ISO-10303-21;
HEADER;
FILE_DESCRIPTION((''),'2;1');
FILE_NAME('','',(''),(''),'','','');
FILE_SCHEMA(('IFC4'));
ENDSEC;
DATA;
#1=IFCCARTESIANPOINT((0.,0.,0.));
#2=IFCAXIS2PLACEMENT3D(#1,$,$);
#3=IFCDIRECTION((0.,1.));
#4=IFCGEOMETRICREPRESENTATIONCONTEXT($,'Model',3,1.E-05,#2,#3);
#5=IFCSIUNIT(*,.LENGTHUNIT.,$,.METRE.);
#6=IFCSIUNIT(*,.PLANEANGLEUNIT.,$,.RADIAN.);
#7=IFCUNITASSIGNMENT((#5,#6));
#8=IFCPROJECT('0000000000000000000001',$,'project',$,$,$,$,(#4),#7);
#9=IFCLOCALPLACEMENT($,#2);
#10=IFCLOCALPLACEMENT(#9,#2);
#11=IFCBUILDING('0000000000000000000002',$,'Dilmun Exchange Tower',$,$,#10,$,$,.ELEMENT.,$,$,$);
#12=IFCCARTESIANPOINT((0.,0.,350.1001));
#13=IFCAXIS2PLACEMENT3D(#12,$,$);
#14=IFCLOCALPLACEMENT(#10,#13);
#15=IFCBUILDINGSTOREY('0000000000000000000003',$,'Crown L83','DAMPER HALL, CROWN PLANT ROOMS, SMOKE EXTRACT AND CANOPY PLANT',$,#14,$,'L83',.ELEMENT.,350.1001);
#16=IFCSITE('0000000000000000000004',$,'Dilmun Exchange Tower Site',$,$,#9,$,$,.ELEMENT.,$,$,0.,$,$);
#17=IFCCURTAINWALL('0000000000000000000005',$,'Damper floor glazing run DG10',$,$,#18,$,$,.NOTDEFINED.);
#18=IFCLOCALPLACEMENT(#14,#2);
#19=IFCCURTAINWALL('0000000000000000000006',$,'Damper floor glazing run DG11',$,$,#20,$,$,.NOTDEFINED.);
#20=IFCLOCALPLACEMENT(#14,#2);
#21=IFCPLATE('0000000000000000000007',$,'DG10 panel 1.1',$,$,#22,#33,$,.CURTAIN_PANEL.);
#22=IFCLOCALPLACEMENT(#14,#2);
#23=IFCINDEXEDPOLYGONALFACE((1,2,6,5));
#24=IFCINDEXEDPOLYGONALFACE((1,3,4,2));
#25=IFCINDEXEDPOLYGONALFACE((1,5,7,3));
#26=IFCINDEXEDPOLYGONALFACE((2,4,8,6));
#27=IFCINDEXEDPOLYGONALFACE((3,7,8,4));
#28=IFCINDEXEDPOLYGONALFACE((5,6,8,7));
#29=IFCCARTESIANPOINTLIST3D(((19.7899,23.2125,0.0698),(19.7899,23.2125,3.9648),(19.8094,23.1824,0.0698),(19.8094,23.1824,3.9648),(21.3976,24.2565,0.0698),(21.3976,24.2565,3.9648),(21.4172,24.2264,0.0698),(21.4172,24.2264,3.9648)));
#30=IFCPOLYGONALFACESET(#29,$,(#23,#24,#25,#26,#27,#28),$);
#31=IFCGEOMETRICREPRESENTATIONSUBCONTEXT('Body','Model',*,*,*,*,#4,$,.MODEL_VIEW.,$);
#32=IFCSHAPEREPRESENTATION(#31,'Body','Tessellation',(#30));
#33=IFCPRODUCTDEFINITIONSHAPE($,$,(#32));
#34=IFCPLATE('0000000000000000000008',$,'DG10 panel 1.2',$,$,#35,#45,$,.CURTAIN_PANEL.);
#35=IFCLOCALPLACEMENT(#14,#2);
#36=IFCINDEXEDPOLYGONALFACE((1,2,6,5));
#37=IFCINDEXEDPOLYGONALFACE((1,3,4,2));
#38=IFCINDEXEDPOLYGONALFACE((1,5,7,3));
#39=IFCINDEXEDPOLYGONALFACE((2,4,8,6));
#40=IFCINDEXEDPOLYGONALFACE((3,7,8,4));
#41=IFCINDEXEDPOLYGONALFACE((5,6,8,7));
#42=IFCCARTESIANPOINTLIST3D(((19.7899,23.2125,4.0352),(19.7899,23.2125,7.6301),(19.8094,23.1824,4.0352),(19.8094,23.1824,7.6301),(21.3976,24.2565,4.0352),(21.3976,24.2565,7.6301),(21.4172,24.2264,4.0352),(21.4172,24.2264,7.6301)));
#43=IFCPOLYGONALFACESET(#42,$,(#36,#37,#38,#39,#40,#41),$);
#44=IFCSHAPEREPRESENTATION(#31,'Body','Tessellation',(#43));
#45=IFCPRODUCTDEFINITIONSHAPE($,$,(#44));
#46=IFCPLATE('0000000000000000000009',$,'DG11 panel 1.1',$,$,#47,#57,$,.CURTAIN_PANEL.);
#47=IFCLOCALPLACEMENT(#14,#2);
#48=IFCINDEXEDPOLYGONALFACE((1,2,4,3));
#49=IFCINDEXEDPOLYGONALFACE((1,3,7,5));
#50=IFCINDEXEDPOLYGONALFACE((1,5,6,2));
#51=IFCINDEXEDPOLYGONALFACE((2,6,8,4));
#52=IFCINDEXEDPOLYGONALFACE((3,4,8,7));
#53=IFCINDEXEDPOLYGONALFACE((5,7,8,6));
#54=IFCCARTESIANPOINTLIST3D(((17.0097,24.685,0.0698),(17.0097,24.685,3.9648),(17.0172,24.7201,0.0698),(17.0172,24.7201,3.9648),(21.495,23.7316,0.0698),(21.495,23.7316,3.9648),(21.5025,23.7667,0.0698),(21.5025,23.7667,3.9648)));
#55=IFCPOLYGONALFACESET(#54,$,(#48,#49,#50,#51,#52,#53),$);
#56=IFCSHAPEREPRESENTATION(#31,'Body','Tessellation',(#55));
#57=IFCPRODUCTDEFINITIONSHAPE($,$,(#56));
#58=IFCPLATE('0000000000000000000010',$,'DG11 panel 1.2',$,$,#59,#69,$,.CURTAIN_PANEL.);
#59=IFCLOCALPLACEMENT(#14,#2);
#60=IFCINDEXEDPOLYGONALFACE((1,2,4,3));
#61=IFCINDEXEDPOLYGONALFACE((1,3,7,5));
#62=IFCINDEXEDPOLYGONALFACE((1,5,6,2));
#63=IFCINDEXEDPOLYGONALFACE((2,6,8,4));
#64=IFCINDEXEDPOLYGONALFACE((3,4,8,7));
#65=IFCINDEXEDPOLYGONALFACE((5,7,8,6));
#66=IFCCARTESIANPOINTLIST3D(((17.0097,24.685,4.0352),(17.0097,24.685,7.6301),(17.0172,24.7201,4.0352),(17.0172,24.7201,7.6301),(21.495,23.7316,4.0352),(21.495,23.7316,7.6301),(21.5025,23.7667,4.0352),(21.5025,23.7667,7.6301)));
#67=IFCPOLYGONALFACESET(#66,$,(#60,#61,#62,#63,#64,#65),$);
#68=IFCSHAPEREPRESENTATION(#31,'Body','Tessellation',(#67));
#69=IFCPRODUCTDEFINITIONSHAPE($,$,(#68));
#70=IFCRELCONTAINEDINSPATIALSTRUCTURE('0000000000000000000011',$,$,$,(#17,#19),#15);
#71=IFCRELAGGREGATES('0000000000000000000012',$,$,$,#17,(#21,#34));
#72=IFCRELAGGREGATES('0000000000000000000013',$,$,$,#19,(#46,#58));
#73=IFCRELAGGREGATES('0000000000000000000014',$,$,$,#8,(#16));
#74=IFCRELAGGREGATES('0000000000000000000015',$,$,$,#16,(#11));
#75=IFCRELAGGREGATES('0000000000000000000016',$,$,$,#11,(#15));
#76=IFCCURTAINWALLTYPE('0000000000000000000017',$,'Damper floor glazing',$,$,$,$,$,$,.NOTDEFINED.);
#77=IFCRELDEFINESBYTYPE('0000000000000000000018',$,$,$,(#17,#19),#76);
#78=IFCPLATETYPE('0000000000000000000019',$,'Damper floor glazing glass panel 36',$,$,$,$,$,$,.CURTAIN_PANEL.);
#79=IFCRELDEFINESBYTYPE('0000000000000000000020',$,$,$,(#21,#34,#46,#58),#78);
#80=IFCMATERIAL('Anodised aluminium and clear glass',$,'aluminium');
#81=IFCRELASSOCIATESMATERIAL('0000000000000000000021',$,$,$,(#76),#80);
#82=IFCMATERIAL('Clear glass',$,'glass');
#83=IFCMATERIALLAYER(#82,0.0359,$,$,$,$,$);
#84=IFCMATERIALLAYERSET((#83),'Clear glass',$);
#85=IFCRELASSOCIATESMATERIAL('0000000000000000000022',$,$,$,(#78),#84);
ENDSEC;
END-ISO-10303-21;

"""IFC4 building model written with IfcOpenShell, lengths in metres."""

from ifc_helpers import new_model, si_unit, direction, frame, origin, origin_2d, place, context, subcontext, project, spatial, rectangle, extrude, material, layer, layer_set, type_object, element, aggregate, save


model = new_model("IFC4")

# Units and contexts
model_context = context("Model", 3, precision=1e-05, world=origin(), true_north=direction((0.0, 1.0)))
body_context = subcontext(model_context, "Body", "Model", "MODEL_VIEW")
ifc_project = project(units=[si_unit("LENGTHUNIT", "METRE"), si_unit("PLANEANGLEUNIT", "RADIAN")], contexts=[model_context])

# Site, building, storey
site_placement = place(None, origin())
site = spatial("IfcSite", under=ifc_project, at=site_placement, Name="Dilmun Exchange Tower Site", CompositionType="ELEMENT", RefElevation=0.0)
building_placement = place(site_placement, origin())
building = spatial("IfcBuilding", under=site, at=building_placement, Name="Dilmun Exchange Tower", CompositionType="ELEMENT")
storey_placement = place(building_placement, frame((0.0, 0.0, 350.1001)))
storey = spatial("IfcBuildingStorey", under=building, at=storey_placement, Name="Crown L83", Description="DAMPER HALL, CROWN PLANT ROOMS, SMOKE EXTRACT AND CANOPY PLANT", LongName="L83", CompositionType="ELEMENT", Elevation=350.1001)

# Curtain wall
ifc_material_1 = material(Name="Anodised aluminium and clear glass", Category="aluminium")
curtain_wall_type = type_object("IfcCurtainWallType", Name="Damper floor glazing", PredefinedType="NOTDEFINED", material=ifc_material_1)
curtain_wall_1_placement = place(storey_placement, origin())
curtain_wall_1 = element("IfcCurtainWall", 1, at=curtain_wall_1_placement, inside=storey, type_object=curtain_wall_type, Name="Damper floor glazing run DG10", PredefinedType="NOTDEFINED")

# Curtain wall
curtain_wall_2_placement = place(storey_placement, origin())
curtain_wall_2 = element("IfcCurtainWall", 2, at=curtain_wall_2_placement, inside=storey, type_object=curtain_wall_type, Name="Damper floor glazing run DG11", PredefinedType="NOTDEFINED")

# Plates
ifc_material_2 = material(Name="Clear glass", Category="glass")
ifc_layer = layer(ifc_material_2, 0.0359)
ifc_layer_set = layer_set([ifc_layer], Name="Clear glass")
plate_type = type_object("IfcPlateType", Name="Damper floor glazing glass panel 36", PredefinedType="CURTAIN_PANEL", material=ifc_layer_set)
plate_1_placement = place(storey_placement, frame((20.6035, 23.7195, 0.0698), z_axis=(0.0, 0.0, 1.0), x_axis=(0.838683, 0.544619, 0.0)))
plate_1 = element("IfcPlate", 3, at=plate_1_placement, type_object=plate_type, Name="DG10 panel 1.1", PredefinedType="CURTAIN_PANEL", context=body_context, shape_type="SweptSolid", body=[
    extrude(rectangle(XDim=1.917, YDim=0.0359, at=origin_2d()), origin(), (0.0, 0.0, 1.0), 3.895),
])
plate_2_placement = place(storey_placement, frame((20.6035, 23.7195, 4.0352), z_axis=(0.0, 0.0, 1.0), x_axis=(0.838683, 0.544619, 0.0)))
plate_2 = element("IfcPlate", 4, at=plate_2_placement, type_object=plate_type, Name="DG10 panel 1.2", PredefinedType="CURTAIN_PANEL", context=body_context, shape_type="SweptSolid", body=[
    extrude(rectangle(XDim=1.917, YDim=0.0359, at=origin_2d()), origin(), (0.0, 0.0, 1.0), 3.595),
])
aggregate(curtain_wall_1, [plate_1, plate_2])
plate_3_placement = place(storey_placement, frame((19.2561, 24.2258, 0.0698), z_axis=(0.0, 0.0, 1.0), x_axis=(-0.978148, 0.207911, 0.0)))
plate_3 = element("IfcPlate", 5, at=plate_3_placement, type_object=plate_type, Name="DG11 panel 1.1", PredefinedType="CURTAIN_PANEL", context=body_context, shape_type="SweptSolid", body=[
    extrude(rectangle(XDim=4.5854, YDim=0.0359, at=origin_2d()), origin(), (0.0, 0.0, 1.0), 3.895),
])
plate_4_placement = place(storey_placement, frame((19.2561, 24.2258, 4.0352), z_axis=(0.0, 0.0, 1.0), x_axis=(-0.978148, 0.207911, 0.0)))
plate_4 = element("IfcPlate", 6, at=plate_4_placement, type_object=plate_type, Name="DG11 panel 1.2", PredefinedType="CURTAIN_PANEL", context=body_context, shape_type="SweptSolid", body=[
    extrude(rectangle(XDim=4.5854, YDim=0.0359, at=origin_2d()), origin(), (0.0, 0.0, 1.0), 3.595),
])
aggregate(curtain_wall_2, [plate_3, plate_4])

save(model, "model.ifc")
